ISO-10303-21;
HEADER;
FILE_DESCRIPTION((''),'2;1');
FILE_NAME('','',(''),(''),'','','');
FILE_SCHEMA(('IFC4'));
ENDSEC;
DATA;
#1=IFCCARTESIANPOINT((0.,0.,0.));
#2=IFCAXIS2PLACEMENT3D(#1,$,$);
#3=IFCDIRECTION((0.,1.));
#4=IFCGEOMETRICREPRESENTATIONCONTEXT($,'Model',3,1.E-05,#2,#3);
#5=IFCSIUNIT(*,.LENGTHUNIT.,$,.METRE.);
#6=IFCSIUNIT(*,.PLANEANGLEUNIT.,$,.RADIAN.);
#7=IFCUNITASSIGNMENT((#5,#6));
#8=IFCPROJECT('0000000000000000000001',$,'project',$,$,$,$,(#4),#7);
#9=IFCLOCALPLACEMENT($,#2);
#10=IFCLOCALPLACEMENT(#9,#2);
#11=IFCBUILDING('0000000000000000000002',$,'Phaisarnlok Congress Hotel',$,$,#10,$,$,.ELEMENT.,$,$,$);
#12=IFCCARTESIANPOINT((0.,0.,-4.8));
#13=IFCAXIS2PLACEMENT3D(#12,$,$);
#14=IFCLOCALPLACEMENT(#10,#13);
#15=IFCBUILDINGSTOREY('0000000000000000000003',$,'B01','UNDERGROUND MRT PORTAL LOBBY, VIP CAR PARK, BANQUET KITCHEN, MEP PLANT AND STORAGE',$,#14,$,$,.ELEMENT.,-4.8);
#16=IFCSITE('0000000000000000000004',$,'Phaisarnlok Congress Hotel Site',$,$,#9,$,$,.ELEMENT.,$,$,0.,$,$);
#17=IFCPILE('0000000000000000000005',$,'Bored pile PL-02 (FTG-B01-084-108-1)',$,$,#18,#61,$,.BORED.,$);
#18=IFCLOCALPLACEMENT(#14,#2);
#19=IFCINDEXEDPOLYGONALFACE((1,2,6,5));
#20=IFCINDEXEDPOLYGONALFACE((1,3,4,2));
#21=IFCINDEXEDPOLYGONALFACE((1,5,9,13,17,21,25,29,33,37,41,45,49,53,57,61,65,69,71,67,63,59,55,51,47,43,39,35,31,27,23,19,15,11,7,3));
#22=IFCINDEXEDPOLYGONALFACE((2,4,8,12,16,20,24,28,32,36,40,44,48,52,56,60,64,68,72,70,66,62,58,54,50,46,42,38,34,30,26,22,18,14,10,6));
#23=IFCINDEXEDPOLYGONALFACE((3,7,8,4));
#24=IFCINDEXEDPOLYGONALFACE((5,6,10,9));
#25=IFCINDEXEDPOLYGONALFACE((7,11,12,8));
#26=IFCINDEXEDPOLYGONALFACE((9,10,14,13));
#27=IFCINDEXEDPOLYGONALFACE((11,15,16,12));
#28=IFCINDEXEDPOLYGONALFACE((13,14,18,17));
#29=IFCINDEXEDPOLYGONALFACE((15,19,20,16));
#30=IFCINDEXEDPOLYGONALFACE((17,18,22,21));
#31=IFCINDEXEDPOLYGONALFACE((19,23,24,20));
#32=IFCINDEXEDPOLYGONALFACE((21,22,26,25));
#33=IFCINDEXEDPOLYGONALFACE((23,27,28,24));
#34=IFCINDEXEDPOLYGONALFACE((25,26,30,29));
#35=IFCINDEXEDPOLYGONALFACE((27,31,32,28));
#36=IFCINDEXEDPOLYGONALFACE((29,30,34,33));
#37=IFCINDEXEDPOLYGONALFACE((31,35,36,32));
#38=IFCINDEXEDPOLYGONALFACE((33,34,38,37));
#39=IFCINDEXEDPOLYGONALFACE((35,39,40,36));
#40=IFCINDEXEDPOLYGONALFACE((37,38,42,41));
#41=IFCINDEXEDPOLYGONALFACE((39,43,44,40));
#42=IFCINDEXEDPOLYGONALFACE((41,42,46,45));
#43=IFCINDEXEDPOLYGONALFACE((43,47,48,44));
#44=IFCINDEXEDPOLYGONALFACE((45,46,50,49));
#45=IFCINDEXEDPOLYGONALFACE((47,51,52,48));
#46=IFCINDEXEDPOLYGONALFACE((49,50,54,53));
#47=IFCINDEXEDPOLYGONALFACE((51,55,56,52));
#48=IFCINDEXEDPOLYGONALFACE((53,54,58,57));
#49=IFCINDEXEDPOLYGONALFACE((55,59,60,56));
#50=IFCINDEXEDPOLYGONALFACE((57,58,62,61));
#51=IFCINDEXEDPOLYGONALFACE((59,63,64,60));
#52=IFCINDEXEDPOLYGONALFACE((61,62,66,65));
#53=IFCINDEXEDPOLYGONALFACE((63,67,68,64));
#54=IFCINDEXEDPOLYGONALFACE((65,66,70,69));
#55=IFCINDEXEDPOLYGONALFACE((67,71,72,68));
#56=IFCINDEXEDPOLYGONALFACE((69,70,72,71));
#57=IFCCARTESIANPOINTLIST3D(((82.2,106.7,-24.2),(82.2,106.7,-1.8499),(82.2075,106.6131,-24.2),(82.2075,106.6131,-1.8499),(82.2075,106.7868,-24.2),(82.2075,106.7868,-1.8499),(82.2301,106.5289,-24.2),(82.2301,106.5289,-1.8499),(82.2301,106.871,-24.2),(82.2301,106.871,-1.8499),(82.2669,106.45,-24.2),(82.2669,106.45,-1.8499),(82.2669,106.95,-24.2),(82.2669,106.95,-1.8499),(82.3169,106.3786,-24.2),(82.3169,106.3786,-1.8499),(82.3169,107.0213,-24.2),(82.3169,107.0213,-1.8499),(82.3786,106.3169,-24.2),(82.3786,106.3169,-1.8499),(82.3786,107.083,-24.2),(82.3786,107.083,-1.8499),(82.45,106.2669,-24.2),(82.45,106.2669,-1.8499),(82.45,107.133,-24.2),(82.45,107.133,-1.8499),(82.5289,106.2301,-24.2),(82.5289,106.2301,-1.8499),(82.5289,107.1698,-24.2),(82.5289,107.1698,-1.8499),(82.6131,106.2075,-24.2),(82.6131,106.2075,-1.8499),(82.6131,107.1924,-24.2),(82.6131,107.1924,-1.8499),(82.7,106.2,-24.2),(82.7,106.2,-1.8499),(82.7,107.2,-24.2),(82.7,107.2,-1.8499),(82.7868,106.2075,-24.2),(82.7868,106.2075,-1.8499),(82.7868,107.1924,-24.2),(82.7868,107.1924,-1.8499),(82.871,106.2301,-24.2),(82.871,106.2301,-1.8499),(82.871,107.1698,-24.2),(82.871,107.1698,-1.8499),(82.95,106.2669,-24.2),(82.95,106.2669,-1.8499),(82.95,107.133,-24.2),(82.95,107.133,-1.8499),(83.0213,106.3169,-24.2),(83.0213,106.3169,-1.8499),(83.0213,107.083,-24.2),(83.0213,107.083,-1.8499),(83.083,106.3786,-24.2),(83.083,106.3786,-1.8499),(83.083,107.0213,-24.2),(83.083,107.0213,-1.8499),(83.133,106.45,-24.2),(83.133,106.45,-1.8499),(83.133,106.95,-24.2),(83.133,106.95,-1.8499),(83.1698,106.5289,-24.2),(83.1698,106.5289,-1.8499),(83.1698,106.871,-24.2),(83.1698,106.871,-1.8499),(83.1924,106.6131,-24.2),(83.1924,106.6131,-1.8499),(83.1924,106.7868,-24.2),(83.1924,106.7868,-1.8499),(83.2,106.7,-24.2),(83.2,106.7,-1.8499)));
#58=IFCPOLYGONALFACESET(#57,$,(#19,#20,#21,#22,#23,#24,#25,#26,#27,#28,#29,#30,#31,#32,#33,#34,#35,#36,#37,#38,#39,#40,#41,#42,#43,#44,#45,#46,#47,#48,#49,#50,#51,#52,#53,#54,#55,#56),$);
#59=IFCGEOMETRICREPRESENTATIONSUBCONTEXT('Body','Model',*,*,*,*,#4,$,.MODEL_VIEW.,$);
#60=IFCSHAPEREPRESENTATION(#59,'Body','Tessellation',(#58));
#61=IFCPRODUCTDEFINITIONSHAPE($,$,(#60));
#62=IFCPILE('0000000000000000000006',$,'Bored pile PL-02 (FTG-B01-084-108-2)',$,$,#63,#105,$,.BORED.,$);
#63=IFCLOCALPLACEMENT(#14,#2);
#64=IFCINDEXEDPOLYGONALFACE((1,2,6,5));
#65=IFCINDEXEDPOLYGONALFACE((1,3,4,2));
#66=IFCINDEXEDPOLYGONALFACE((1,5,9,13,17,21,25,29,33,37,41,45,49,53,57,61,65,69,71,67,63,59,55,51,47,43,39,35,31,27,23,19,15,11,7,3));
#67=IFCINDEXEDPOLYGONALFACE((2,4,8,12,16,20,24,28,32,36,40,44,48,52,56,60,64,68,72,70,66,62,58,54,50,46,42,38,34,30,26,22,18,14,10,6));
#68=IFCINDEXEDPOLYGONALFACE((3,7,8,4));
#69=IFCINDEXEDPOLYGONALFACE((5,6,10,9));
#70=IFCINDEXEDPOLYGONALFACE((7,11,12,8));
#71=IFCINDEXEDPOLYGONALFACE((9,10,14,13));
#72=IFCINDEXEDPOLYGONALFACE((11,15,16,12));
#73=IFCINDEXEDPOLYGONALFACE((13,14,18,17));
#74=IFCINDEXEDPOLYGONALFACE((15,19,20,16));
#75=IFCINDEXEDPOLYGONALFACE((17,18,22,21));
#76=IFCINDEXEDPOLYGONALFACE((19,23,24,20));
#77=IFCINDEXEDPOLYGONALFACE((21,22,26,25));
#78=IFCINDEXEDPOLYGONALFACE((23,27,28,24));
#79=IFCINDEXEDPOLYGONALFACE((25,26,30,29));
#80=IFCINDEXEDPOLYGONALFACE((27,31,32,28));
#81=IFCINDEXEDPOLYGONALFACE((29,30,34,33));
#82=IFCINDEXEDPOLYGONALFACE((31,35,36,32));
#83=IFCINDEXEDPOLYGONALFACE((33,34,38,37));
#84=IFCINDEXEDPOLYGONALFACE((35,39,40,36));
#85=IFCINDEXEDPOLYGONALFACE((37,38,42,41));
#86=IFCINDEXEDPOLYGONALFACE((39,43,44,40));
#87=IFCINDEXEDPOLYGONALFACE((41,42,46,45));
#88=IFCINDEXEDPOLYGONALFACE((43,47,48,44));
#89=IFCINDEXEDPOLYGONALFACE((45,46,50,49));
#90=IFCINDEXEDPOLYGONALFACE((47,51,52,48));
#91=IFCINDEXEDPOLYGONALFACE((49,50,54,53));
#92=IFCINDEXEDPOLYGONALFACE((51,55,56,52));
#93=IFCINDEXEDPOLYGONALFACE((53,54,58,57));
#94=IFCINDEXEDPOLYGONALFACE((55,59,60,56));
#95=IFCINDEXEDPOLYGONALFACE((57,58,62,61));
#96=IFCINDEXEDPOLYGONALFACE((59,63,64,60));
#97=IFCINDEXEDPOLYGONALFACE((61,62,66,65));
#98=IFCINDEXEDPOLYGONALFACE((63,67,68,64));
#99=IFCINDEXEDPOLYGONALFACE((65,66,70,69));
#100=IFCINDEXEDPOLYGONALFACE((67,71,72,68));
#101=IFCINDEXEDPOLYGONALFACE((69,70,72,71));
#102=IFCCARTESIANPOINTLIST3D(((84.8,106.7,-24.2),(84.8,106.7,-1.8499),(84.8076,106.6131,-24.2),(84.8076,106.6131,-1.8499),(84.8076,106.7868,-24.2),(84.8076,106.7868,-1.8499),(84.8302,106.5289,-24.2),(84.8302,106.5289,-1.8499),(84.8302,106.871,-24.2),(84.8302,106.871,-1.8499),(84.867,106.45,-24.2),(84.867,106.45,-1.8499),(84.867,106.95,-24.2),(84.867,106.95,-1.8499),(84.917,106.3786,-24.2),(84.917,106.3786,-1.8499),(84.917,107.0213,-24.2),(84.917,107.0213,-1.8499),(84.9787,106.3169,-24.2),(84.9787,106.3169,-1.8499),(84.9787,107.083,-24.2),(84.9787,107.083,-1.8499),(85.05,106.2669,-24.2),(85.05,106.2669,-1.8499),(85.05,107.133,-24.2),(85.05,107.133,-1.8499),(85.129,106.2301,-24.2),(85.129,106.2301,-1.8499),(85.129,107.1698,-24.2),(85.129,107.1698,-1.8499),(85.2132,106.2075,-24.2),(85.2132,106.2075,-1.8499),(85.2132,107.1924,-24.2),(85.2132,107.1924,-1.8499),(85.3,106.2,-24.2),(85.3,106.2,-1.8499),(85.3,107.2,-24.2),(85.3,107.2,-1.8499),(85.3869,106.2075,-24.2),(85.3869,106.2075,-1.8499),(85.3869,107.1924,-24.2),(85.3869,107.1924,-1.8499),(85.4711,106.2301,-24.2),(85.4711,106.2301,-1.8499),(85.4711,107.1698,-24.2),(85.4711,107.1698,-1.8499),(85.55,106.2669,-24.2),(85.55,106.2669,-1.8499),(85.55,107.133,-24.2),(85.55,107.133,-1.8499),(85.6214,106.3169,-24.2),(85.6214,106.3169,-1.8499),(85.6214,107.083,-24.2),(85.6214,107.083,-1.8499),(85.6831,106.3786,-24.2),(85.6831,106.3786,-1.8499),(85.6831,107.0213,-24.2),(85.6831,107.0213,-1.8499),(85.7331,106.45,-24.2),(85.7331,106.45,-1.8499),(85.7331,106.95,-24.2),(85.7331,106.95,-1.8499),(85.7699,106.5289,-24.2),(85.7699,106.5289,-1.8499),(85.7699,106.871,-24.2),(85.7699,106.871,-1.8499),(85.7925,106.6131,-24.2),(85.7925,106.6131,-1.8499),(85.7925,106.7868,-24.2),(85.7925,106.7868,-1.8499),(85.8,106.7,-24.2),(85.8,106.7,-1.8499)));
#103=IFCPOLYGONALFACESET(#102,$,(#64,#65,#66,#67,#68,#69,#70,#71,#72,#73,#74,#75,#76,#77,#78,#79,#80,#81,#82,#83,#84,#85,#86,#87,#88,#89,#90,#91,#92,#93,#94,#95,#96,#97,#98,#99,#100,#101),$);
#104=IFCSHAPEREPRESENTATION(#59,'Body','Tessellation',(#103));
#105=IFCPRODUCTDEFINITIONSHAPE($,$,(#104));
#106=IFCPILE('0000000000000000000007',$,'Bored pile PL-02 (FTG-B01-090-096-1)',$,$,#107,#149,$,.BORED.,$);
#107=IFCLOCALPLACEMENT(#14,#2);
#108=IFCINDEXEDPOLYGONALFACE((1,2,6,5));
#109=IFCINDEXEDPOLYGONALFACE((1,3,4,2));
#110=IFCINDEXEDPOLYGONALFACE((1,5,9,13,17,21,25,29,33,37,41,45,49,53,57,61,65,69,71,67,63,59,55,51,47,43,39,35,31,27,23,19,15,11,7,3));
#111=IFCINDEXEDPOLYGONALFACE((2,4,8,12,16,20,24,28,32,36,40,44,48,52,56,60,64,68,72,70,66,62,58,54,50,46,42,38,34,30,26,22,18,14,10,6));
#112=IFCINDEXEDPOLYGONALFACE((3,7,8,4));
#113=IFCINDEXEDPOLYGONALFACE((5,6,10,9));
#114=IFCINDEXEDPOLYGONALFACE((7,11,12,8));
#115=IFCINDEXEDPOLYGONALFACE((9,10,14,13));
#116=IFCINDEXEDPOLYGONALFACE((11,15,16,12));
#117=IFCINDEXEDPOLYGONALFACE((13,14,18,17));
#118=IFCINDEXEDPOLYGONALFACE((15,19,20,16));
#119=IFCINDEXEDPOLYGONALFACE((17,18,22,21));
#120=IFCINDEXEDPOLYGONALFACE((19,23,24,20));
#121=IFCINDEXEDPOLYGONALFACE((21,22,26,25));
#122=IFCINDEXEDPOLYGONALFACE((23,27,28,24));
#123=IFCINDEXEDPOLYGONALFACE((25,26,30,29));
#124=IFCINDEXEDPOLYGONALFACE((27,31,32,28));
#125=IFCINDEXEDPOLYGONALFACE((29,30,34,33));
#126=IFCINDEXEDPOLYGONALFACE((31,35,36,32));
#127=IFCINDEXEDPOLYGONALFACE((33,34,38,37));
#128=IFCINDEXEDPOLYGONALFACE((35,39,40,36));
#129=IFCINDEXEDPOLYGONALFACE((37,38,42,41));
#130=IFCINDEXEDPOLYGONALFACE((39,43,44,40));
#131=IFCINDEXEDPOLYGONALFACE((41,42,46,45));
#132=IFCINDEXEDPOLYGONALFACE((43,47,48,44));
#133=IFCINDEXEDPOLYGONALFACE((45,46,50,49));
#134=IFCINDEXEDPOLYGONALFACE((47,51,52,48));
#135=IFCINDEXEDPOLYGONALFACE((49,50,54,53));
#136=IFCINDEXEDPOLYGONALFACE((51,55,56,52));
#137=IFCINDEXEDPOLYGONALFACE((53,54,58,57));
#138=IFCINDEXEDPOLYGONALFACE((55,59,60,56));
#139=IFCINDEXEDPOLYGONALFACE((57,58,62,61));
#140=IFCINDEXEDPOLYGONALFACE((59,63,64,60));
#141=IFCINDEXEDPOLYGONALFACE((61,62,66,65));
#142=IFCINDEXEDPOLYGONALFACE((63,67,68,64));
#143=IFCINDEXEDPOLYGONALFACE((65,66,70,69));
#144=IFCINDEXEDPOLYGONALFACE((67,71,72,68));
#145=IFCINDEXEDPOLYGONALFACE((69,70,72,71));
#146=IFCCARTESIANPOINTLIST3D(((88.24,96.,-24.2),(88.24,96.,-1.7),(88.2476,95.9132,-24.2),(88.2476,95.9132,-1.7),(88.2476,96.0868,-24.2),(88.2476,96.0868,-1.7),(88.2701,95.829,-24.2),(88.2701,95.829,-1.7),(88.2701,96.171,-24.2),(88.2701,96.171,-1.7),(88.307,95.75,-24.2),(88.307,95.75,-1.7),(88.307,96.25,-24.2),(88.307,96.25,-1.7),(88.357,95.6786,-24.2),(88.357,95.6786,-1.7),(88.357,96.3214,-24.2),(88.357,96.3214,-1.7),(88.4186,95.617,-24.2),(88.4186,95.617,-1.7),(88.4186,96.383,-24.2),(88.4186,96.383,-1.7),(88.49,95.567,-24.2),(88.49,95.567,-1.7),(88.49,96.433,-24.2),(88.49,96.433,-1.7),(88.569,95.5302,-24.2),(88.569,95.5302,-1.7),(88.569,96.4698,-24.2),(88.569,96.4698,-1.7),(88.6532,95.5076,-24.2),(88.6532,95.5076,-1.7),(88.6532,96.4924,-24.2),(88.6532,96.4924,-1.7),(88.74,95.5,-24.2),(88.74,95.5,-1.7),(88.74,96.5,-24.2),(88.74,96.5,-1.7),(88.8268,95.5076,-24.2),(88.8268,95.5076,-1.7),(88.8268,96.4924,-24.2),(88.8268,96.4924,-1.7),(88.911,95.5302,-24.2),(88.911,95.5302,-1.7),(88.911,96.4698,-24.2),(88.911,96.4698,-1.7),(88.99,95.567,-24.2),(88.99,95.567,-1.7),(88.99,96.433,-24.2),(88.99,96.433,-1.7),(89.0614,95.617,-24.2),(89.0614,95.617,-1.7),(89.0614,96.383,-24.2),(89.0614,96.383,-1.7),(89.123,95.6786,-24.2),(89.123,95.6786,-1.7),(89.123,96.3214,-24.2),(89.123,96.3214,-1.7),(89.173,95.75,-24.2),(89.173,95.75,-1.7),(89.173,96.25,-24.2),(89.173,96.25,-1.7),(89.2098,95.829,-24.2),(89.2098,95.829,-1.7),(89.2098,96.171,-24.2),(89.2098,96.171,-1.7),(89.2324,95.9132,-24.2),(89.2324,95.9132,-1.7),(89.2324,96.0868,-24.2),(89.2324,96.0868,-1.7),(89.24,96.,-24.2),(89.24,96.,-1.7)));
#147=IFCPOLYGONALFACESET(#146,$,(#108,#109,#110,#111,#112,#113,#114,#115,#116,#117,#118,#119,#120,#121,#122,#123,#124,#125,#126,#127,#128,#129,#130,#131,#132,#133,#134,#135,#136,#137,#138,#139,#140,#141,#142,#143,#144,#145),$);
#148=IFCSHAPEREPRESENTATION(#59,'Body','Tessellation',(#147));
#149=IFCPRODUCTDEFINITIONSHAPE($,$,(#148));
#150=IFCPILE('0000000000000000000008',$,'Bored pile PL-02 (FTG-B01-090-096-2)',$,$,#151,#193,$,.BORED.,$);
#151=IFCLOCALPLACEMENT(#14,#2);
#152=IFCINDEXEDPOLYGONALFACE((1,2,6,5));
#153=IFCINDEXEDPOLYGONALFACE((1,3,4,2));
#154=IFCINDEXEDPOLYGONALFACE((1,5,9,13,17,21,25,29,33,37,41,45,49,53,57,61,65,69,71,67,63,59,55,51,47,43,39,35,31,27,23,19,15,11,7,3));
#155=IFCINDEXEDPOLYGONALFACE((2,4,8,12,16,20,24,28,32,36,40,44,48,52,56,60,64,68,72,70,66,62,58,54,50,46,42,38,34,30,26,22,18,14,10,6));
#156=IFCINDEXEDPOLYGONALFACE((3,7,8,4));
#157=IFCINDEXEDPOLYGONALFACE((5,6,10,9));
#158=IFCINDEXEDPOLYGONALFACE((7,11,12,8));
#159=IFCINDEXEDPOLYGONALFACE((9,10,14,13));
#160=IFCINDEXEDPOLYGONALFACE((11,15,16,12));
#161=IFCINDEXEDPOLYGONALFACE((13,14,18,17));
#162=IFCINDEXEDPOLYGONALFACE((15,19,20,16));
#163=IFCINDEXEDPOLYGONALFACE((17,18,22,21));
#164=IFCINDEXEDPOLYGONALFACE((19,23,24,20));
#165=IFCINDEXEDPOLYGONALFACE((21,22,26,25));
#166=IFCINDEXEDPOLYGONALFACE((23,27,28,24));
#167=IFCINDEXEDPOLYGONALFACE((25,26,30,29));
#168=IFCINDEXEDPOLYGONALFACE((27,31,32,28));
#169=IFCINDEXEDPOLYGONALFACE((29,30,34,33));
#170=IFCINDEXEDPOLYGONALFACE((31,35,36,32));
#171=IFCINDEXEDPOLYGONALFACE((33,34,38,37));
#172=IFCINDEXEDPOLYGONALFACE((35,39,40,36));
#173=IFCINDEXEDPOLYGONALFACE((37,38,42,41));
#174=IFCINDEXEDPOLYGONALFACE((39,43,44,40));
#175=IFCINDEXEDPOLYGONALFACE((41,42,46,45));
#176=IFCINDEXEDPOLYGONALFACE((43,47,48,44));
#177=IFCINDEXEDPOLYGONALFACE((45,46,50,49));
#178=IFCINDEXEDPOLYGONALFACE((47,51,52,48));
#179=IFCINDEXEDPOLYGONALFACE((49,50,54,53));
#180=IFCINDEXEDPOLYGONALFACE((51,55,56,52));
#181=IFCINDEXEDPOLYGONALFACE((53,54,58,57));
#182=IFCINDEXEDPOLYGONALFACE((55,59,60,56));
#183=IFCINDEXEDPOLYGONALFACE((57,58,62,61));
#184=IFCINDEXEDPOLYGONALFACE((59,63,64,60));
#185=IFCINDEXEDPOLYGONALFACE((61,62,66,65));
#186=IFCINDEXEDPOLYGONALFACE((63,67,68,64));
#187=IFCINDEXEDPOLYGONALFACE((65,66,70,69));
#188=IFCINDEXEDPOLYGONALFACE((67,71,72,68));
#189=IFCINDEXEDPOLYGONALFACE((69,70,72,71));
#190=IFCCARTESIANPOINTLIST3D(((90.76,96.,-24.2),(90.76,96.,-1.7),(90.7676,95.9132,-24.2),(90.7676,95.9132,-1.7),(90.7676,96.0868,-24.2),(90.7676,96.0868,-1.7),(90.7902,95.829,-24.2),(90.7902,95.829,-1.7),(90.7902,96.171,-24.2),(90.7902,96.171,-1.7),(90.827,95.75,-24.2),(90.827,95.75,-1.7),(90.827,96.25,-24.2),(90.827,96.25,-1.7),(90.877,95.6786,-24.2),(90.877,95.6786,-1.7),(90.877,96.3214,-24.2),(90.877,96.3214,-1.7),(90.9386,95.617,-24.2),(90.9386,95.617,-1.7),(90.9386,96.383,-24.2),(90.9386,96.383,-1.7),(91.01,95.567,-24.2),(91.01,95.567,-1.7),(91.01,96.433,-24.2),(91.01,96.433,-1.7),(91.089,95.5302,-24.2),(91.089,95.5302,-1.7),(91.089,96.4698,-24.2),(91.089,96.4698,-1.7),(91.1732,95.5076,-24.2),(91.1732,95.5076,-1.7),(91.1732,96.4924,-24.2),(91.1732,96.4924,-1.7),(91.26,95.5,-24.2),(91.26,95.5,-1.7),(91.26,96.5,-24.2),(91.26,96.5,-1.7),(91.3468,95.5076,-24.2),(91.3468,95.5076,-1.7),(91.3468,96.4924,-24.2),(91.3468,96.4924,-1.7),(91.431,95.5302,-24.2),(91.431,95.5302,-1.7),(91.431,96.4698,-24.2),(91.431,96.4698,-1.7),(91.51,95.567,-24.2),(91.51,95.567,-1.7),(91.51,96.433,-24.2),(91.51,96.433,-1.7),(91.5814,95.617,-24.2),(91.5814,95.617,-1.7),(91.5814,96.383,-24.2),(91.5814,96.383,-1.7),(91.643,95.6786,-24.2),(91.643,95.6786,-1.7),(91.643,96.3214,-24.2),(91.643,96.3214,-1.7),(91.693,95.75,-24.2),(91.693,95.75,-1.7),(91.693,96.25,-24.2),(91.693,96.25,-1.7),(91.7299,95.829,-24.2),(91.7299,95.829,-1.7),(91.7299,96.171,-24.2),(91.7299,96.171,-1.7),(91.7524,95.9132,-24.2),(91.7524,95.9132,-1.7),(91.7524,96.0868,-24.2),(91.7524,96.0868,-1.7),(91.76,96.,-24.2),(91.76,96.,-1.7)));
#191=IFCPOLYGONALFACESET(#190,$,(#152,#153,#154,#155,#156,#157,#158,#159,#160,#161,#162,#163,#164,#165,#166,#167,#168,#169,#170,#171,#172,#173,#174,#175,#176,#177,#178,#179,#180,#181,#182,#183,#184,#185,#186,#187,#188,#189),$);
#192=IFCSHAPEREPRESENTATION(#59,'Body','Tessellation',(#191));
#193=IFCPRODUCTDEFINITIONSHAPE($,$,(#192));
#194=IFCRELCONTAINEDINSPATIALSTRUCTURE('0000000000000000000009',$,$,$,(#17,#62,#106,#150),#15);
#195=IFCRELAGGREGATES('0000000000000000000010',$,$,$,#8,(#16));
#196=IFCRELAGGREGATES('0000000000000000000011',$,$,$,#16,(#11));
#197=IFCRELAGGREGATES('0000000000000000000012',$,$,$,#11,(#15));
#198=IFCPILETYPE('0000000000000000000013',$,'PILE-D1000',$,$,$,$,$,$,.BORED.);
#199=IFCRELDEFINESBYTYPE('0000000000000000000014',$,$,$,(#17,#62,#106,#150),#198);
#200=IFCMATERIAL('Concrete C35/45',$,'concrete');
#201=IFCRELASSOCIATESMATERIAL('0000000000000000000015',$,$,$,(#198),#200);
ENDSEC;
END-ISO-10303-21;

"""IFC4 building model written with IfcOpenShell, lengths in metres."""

from ifc_helpers import new_model, si_unit, direction, frame, origin, origin_2d, place, context, subcontext, project, spatial, circle, extrude, material, material_profile, profile_set, type_object, element, save


model = new_model("IFC4")

# Units and contexts
model_context = context("Model", 3, precision=1e-05, world=origin(), true_north=direction((0.0, 1.0)))
body_context = subcontext(model_context, "Body", "Model", "MODEL_VIEW")
ifc_project = project(units=[si_unit("LENGTHUNIT", "METRE"), si_unit("PLANEANGLEUNIT", "RADIAN")], contexts=[model_context])

# Site, building, storey
site_placement = place(None, origin())
site = spatial("IfcSite", under=ifc_project, at=site_placement, Name="Phaisarnlok Congress Hotel Site", CompositionType="ELEMENT", RefElevation=0.0)
building_placement = place(site_placement, origin())
building = spatial("IfcBuilding", under=site, at=building_placement, Name="Phaisarnlok Congress Hotel", CompositionType="ELEMENT")
storey_placement = place(building_placement, frame((0.0, 0.0, -4.8)))
storey = spatial("IfcBuildingStorey", under=building, at=storey_placement, Name="B01", Description="UNDERGROUND MRT PORTAL LOBBY, VIP CAR PARK, BANQUET KITCHEN, MEP PLANT AND STORAGE", CompositionType="ELEMENT", Elevation=-4.8)

# Piles
ifc_material_1 = material(Name="Concrete C35/45", Category="concrete")
ifc_material_profile_1 = material_profile(ifc_material_1, circle(Radius=0.5, at=origin_2d()), Name="BORED PILE D1000")
ifc_profile_set_1 = profile_set([ifc_material_profile_1], Name="Concrete C35/45")
pile_type_1 = type_object("IfcPileType", Name="PILE-D1000", PredefinedType="BORED", material=ifc_profile_set_1)
for number, where, z_axis, x_axis, name in (
    (1, (82.7, 106.7, -1.8499), (0.0, 0.0, -1.0), (1.0, 0.0, 0.0), "Bored pile PL-02 (FTG-B01-084-108-1)"),
    (2, (85.3, 106.7, -1.8499), (0.0, 0.0, -1.0), (1.0, 0.0, 0.0), "Bored pile PL-02 (FTG-B01-084-108-2)"),
):
    element("IfcPile", number, at=place(storey_placement, frame(where, z_axis=z_axis, x_axis=x_axis)), inside=storey, type_object=pile_type_1, Name=name, PredefinedType="BORED", context=body_context, shape_type="SweptSolid", body=[
        extrude(circle(Radius=0.5, at=origin_2d()), origin(), (0.0, 0.0, 1.0), 22.3501),
    ])
for number, where, z_axis, x_axis, name in (
    (3, (88.74, 96.0, -1.7), (0.0, 0.0, -1.0), (1.0, 0.0, 0.0), "Bored pile PL-02 (FTG-B01-090-096-1)"),
    (4, (91.26, 96.0, -1.7), (0.0, 0.0, -1.0), (1.0, 0.0, 0.0), "Bored pile PL-02 (FTG-B01-090-096-2)"),
):
    element("IfcPile", number, at=place(storey_placement, frame(where, z_axis=z_axis, x_axis=x_axis)), inside=storey, type_object=pile_type_1, Name=name, PredefinedType="BORED", context=body_context, shape_type="SweptSolid", body=[
        extrude(circle(Radius=0.5, at=origin_2d()), origin(), (0.0, 0.0, 1.0), 22.5),
    ])

save(model, "model.ifc")
